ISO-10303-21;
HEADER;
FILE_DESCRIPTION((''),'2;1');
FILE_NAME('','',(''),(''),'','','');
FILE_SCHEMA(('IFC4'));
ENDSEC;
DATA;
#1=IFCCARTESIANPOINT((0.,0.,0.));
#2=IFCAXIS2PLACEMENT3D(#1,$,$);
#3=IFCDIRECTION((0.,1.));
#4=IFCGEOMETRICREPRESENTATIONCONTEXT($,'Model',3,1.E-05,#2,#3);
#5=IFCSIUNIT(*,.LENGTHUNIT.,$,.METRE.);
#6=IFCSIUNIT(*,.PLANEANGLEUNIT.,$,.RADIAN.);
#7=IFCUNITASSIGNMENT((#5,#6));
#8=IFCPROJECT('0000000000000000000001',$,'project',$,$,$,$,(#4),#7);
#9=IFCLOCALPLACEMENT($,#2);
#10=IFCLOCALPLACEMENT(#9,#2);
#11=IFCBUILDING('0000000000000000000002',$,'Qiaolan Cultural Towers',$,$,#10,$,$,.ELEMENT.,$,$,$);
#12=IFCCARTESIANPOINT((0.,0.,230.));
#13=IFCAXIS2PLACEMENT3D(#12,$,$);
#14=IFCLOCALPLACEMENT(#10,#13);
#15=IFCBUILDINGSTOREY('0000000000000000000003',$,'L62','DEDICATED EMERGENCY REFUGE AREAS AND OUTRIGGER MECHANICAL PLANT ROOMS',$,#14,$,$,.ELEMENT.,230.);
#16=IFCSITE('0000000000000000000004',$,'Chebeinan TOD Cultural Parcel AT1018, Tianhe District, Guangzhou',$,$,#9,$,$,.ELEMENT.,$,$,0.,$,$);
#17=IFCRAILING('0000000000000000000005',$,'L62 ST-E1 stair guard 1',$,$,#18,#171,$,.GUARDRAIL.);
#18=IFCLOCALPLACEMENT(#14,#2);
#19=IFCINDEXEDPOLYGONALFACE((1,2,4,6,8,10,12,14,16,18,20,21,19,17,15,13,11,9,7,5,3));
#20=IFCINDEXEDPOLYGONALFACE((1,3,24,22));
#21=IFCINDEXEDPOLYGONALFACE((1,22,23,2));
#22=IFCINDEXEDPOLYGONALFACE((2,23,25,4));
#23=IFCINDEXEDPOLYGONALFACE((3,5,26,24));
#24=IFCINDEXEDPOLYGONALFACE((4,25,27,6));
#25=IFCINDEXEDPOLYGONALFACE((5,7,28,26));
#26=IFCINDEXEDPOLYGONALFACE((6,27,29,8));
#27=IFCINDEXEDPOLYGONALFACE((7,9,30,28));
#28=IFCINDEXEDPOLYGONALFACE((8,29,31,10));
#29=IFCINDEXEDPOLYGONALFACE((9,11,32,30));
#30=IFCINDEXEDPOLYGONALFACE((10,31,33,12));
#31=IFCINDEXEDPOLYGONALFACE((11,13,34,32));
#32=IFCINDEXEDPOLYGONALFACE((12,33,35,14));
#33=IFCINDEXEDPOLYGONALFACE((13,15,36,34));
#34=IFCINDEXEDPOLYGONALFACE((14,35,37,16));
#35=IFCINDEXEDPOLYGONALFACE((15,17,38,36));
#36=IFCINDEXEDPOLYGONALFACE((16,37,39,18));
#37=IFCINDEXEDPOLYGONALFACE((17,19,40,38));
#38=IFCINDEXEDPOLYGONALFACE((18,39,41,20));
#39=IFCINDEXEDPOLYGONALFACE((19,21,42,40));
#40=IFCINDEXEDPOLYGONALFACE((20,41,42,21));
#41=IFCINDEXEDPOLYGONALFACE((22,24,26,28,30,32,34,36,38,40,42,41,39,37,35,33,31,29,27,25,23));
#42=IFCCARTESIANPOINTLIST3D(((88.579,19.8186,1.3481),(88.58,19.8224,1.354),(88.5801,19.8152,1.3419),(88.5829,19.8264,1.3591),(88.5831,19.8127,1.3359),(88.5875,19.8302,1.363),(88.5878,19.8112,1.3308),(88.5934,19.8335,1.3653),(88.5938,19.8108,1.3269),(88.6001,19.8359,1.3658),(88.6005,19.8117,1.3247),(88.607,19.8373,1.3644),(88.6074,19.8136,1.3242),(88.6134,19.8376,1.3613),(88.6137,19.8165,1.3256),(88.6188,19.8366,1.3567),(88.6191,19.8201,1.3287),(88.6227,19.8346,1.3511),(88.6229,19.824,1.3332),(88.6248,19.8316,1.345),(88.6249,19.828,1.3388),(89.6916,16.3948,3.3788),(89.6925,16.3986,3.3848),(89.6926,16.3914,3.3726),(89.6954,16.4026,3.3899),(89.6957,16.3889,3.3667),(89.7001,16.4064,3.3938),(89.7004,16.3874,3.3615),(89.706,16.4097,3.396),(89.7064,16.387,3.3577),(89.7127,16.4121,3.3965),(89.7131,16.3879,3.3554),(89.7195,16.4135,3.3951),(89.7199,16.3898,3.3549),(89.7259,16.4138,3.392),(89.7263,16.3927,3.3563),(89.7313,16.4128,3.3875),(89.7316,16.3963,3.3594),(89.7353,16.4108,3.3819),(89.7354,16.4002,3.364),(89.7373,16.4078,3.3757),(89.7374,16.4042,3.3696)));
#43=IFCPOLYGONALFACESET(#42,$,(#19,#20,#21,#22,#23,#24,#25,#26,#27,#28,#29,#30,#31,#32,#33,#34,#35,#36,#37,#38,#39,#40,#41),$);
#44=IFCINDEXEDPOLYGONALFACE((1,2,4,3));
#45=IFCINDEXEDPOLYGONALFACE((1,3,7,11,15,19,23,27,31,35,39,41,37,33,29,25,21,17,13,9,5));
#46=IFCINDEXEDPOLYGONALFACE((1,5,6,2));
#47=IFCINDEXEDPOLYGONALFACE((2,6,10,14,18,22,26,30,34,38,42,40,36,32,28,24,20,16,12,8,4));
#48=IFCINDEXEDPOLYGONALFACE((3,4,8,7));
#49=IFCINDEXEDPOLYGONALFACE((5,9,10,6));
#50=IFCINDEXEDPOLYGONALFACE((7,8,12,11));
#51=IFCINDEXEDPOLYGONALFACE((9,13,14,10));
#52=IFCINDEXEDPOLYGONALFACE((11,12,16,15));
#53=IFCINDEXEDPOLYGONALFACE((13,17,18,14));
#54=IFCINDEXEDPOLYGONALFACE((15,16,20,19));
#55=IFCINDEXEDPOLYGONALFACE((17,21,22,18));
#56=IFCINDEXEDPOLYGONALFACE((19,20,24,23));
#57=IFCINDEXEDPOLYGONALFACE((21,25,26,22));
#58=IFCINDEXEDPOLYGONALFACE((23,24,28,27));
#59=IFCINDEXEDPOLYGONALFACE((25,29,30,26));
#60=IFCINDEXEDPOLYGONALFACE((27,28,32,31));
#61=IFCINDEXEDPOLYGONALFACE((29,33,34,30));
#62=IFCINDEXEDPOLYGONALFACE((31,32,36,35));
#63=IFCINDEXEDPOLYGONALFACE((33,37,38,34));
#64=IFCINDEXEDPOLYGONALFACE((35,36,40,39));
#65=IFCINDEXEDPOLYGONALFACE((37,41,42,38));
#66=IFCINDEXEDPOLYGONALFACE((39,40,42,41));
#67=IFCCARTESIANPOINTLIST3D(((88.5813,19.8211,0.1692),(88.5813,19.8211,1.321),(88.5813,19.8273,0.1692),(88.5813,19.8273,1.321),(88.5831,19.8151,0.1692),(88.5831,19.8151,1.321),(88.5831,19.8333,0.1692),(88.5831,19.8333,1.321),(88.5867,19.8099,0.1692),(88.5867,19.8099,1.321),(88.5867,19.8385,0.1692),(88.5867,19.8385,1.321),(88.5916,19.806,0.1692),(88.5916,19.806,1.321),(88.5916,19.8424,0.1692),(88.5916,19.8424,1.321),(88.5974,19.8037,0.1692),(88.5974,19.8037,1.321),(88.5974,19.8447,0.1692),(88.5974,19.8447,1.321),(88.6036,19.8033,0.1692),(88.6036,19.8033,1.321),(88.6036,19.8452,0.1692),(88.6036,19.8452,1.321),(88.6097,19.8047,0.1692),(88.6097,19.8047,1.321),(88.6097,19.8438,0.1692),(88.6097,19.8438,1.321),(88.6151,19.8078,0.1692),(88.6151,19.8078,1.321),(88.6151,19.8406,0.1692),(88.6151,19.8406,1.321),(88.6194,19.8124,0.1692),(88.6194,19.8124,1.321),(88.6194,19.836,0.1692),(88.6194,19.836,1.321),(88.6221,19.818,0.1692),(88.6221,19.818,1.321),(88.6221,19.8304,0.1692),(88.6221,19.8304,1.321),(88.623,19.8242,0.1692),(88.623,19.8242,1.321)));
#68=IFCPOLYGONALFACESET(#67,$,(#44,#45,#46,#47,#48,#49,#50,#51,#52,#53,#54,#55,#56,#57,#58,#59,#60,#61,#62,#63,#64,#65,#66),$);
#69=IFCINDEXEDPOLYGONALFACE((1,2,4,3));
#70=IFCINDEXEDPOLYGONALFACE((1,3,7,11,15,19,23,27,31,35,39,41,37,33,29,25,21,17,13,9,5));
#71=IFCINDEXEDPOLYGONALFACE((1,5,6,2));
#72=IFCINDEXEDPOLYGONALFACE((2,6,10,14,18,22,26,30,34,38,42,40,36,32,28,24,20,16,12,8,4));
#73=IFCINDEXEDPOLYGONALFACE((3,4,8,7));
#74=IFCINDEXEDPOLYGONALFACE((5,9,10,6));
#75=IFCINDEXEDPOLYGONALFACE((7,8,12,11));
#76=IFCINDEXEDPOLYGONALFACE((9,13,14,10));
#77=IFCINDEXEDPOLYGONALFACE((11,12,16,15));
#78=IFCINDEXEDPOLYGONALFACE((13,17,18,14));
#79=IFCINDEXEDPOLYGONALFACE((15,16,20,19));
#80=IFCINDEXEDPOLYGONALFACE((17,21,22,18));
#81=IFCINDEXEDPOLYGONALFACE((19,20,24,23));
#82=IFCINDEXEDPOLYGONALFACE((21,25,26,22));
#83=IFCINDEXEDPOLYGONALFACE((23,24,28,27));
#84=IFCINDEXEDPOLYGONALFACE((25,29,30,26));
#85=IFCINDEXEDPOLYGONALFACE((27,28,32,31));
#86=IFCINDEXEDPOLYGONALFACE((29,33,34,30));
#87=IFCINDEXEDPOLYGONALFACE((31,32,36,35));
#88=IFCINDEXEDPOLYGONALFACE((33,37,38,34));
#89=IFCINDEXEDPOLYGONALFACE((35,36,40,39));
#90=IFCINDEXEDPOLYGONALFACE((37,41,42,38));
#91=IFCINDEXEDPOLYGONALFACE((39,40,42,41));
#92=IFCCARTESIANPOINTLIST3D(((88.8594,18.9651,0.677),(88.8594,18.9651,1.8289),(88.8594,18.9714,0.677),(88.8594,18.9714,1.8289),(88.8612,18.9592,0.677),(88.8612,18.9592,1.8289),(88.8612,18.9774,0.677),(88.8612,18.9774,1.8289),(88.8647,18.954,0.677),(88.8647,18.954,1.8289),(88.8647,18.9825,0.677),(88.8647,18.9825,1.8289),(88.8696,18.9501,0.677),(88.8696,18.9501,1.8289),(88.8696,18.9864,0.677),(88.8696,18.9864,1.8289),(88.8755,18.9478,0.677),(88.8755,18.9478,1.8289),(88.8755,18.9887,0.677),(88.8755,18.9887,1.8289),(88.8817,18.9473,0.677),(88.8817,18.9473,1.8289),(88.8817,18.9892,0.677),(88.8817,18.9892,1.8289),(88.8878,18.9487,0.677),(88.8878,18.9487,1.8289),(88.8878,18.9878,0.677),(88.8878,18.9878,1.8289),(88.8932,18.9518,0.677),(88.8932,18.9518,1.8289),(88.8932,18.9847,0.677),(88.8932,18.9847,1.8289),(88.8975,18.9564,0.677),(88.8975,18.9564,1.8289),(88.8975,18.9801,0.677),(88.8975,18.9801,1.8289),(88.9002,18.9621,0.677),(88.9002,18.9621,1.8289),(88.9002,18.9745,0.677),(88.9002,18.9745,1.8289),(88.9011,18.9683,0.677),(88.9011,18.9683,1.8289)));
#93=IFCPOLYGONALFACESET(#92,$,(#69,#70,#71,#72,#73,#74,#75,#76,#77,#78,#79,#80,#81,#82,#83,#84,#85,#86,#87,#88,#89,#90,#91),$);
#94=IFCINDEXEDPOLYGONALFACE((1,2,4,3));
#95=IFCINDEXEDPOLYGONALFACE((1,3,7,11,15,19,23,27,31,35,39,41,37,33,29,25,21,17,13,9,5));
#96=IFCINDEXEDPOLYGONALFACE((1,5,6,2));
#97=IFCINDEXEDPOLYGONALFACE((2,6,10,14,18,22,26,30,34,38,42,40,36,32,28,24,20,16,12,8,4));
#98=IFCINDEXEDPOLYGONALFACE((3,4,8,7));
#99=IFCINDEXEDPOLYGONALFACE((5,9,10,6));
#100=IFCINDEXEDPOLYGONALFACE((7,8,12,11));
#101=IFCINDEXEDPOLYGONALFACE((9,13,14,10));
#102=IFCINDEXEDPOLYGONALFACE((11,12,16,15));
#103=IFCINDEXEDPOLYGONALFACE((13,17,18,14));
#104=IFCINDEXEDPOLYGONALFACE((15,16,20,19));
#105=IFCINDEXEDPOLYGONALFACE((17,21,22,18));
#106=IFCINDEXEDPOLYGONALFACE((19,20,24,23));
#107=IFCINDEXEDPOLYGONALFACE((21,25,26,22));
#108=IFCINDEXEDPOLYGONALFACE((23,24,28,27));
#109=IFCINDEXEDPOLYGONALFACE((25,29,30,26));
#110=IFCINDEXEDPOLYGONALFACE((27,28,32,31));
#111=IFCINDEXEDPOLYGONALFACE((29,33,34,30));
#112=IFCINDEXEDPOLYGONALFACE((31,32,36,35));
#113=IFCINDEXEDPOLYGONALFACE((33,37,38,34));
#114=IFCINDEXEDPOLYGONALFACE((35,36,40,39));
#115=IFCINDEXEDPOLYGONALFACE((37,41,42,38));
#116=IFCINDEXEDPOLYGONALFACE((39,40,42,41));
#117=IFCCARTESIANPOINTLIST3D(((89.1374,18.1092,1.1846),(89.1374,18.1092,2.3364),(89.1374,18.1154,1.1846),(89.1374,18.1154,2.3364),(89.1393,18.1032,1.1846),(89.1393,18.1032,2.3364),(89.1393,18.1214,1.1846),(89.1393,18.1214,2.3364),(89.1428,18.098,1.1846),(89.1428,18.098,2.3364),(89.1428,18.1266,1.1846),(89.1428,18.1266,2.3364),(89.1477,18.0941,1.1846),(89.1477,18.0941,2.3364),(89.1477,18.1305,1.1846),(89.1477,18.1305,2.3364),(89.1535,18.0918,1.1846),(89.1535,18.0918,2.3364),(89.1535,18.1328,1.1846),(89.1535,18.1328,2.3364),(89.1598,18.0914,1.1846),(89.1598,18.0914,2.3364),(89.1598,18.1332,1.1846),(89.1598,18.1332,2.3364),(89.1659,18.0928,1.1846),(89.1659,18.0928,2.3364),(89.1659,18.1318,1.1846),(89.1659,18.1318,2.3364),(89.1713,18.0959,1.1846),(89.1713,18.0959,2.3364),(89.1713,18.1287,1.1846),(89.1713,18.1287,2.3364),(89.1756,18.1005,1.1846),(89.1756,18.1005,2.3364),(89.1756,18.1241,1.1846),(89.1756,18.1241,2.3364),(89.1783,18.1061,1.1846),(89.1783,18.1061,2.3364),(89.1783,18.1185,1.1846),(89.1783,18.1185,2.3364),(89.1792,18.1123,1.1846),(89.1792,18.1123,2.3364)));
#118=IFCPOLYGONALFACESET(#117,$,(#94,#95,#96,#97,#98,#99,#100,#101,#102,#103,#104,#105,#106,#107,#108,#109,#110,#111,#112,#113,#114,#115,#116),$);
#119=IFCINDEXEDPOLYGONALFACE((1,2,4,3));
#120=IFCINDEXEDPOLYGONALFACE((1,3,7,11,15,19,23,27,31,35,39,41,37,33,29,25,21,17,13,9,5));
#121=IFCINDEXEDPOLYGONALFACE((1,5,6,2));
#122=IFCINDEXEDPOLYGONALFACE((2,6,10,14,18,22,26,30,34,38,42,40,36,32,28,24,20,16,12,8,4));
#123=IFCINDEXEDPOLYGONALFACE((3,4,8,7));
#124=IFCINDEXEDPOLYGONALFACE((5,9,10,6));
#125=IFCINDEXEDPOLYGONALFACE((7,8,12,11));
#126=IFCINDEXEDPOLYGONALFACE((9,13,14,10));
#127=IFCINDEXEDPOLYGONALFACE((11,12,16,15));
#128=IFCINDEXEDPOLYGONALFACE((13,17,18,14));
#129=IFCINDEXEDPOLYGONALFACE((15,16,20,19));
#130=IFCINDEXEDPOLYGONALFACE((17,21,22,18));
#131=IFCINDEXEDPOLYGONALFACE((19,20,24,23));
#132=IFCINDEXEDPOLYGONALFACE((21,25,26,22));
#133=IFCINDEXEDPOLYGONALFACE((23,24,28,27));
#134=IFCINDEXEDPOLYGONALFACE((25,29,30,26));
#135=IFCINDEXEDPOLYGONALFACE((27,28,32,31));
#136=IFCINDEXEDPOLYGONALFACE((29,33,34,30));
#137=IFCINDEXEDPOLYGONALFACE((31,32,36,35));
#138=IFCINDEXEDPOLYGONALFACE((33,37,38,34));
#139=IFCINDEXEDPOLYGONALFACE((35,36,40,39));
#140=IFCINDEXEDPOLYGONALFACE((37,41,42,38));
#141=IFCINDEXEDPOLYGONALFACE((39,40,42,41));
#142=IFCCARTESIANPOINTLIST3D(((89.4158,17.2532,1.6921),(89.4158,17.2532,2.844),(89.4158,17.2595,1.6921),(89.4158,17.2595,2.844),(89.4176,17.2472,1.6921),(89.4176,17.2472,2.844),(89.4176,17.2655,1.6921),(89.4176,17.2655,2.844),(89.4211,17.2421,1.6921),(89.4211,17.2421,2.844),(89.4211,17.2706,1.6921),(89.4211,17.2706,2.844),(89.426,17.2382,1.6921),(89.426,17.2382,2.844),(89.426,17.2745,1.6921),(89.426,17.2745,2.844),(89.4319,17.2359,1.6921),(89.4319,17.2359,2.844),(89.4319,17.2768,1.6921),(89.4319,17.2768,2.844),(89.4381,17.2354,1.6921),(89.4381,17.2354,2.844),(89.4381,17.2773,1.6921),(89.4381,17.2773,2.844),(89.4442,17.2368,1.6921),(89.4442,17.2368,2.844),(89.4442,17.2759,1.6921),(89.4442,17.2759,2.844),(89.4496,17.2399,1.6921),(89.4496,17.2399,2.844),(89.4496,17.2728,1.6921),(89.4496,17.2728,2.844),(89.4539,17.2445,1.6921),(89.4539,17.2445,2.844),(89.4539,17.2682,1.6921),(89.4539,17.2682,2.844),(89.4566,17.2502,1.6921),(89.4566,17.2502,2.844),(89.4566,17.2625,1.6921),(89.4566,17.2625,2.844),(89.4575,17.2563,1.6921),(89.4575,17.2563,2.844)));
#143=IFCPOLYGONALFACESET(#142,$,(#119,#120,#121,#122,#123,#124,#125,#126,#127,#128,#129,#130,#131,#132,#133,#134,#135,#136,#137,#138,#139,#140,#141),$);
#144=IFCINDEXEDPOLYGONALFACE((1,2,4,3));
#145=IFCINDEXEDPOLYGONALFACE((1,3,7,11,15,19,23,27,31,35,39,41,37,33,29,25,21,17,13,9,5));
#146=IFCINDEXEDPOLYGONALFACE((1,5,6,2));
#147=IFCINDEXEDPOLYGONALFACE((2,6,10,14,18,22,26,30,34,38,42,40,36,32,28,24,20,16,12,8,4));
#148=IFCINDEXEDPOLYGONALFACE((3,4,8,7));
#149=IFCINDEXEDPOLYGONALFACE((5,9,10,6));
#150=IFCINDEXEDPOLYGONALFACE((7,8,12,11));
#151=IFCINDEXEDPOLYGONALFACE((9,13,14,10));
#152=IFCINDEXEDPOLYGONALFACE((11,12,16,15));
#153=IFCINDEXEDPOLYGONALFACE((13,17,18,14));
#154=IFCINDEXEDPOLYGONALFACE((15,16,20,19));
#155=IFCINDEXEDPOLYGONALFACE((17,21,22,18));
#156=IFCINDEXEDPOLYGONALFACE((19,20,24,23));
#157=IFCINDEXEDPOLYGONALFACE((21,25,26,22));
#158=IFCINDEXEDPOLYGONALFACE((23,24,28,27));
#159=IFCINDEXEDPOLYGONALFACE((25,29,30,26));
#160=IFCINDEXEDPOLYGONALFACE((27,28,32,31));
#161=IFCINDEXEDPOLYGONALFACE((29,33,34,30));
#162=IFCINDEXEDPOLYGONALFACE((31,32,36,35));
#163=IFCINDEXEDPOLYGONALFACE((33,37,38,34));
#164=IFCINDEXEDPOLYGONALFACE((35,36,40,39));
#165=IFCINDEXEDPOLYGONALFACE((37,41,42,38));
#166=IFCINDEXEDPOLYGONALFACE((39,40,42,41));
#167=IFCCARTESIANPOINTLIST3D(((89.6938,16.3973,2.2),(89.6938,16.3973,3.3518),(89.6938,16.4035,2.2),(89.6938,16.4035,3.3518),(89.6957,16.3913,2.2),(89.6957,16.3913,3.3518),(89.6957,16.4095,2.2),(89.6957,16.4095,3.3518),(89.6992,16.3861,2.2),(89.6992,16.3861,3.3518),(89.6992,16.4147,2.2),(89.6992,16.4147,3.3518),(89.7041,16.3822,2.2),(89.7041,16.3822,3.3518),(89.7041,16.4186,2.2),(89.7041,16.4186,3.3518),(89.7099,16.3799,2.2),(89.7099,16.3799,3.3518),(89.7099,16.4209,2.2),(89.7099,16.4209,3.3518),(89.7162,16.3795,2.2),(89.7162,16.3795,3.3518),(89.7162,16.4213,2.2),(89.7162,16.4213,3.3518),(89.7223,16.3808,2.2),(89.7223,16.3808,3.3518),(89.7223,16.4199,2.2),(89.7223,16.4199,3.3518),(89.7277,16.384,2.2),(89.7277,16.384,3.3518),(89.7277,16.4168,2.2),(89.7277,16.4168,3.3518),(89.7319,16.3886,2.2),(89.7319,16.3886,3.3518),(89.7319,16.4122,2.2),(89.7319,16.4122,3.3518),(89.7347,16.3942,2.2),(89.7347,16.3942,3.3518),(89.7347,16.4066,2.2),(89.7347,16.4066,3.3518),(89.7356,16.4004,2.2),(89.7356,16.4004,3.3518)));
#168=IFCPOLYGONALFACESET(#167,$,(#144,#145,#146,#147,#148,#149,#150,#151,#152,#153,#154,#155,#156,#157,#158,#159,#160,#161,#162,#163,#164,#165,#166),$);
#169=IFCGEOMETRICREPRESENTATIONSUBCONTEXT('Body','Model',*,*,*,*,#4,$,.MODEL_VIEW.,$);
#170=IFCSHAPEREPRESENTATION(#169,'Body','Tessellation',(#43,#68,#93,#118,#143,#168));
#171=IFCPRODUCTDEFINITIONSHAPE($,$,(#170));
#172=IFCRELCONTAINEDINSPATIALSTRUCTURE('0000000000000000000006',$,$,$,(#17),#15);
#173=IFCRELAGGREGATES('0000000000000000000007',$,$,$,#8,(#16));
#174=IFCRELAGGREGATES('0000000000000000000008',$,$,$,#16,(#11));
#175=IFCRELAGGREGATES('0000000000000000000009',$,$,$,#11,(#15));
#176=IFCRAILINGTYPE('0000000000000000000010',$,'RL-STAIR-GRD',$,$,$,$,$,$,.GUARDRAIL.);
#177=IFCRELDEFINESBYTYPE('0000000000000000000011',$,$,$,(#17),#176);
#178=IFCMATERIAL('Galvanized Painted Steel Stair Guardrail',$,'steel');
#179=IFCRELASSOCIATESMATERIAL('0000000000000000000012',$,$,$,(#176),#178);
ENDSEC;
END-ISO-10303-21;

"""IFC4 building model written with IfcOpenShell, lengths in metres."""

from ifc_helpers import new_model, si_unit, direction, frame, origin, origin_2d, place, context, subcontext, project, spatial, circle, extrude, material, type_object, element, save


model = new_model("IFC4")

# Units and contexts
model_context = context("Model", 3, precision=1e-05, world=origin(), true_north=direction((0.0, 1.0)))
body_context = subcontext(model_context, "Body", "Model", "MODEL_VIEW")
ifc_project = project(units=[si_unit("LENGTHUNIT", "METRE"), si_unit("PLANEANGLEUNIT", "RADIAN")], contexts=[model_context])

# Site, building, storey
site_placement = place(None, origin())
site = spatial("IfcSite", under=ifc_project, at=site_placement, Name="Chebeinan TOD Cultural Parcel AT1018, Tianhe District, Guangzhou", CompositionType="ELEMENT", RefElevation=0.0)
building_placement = place(site_placement, origin())
building = spatial("IfcBuilding", under=site, at=building_placement, Name="Qiaolan Cultural Towers", CompositionType="ELEMENT")
storey_placement = place(building_placement, frame((0.0, 0.0, 230.0)))
storey = spatial("IfcBuildingStorey", under=building, at=storey_placement, Name="L62", Description="DEDICATED EMERGENCY REFUGE AREAS AND OUTRIGGER MECHANICAL PLANT ROOMS", CompositionType="ELEMENT", Elevation=230.0)

# Railing
ifc_material_1 = material(Name="Galvanized Painted Steel Stair Guardrail", Category="steel")
railing_type_1 = type_object("IfcRailingType", Name="RL-STAIR-GRD", PredefinedType="GUARDRAIL", material=ifc_material_1)
railing_1_placement = place(storey_placement, frame((88.6021, 19.8242, 0.1692)))
element("IfcRailing", 1, at=railing_1_placement, inside=storey, type_object=railing_type_1, Name="L62 ST-E1 stair guard 1", PredefinedType="GUARDRAIL", context=body_context, shape_type="SweptSolid", body=[
    extrude(circle(Radius=0.0239, at=origin_2d()), frame((0.0, 0.0, 1.1758), z_axis=(0.269166, -0.828348, 0.491315), x_axis=(0.95105, 0.309037, 0.0)), (0.0, 0.0, 1.0), 4.1333),
    extrude(circle(Radius=0.021, at=origin_2d()), origin(), (0.0, 0.0, 1.0), 1.1519),
    extrude(circle(Radius=0.021, at=origin_2d()), frame((0.2781, -0.856, 0.5078)), (0.0, 0.0, 1.0), 1.1519),
    extrude(circle(Radius=0.021, at=origin_2d()), frame((0.5562, -1.7119, 1.0154)), (0.0, 0.0, 1.0), 1.1519),
    extrude(circle(Radius=0.021, at=origin_2d()), frame((0.8345, -2.5679, 1.5229)), (0.0, 0.0, 1.0), 1.1519),
    extrude(circle(Radius=0.021, at=origin_2d()), frame((1.1125, -3.4238, 2.0308)), (0.0, 0.0, 1.0), 1.1519),
])

save(model, "model.ifc")
